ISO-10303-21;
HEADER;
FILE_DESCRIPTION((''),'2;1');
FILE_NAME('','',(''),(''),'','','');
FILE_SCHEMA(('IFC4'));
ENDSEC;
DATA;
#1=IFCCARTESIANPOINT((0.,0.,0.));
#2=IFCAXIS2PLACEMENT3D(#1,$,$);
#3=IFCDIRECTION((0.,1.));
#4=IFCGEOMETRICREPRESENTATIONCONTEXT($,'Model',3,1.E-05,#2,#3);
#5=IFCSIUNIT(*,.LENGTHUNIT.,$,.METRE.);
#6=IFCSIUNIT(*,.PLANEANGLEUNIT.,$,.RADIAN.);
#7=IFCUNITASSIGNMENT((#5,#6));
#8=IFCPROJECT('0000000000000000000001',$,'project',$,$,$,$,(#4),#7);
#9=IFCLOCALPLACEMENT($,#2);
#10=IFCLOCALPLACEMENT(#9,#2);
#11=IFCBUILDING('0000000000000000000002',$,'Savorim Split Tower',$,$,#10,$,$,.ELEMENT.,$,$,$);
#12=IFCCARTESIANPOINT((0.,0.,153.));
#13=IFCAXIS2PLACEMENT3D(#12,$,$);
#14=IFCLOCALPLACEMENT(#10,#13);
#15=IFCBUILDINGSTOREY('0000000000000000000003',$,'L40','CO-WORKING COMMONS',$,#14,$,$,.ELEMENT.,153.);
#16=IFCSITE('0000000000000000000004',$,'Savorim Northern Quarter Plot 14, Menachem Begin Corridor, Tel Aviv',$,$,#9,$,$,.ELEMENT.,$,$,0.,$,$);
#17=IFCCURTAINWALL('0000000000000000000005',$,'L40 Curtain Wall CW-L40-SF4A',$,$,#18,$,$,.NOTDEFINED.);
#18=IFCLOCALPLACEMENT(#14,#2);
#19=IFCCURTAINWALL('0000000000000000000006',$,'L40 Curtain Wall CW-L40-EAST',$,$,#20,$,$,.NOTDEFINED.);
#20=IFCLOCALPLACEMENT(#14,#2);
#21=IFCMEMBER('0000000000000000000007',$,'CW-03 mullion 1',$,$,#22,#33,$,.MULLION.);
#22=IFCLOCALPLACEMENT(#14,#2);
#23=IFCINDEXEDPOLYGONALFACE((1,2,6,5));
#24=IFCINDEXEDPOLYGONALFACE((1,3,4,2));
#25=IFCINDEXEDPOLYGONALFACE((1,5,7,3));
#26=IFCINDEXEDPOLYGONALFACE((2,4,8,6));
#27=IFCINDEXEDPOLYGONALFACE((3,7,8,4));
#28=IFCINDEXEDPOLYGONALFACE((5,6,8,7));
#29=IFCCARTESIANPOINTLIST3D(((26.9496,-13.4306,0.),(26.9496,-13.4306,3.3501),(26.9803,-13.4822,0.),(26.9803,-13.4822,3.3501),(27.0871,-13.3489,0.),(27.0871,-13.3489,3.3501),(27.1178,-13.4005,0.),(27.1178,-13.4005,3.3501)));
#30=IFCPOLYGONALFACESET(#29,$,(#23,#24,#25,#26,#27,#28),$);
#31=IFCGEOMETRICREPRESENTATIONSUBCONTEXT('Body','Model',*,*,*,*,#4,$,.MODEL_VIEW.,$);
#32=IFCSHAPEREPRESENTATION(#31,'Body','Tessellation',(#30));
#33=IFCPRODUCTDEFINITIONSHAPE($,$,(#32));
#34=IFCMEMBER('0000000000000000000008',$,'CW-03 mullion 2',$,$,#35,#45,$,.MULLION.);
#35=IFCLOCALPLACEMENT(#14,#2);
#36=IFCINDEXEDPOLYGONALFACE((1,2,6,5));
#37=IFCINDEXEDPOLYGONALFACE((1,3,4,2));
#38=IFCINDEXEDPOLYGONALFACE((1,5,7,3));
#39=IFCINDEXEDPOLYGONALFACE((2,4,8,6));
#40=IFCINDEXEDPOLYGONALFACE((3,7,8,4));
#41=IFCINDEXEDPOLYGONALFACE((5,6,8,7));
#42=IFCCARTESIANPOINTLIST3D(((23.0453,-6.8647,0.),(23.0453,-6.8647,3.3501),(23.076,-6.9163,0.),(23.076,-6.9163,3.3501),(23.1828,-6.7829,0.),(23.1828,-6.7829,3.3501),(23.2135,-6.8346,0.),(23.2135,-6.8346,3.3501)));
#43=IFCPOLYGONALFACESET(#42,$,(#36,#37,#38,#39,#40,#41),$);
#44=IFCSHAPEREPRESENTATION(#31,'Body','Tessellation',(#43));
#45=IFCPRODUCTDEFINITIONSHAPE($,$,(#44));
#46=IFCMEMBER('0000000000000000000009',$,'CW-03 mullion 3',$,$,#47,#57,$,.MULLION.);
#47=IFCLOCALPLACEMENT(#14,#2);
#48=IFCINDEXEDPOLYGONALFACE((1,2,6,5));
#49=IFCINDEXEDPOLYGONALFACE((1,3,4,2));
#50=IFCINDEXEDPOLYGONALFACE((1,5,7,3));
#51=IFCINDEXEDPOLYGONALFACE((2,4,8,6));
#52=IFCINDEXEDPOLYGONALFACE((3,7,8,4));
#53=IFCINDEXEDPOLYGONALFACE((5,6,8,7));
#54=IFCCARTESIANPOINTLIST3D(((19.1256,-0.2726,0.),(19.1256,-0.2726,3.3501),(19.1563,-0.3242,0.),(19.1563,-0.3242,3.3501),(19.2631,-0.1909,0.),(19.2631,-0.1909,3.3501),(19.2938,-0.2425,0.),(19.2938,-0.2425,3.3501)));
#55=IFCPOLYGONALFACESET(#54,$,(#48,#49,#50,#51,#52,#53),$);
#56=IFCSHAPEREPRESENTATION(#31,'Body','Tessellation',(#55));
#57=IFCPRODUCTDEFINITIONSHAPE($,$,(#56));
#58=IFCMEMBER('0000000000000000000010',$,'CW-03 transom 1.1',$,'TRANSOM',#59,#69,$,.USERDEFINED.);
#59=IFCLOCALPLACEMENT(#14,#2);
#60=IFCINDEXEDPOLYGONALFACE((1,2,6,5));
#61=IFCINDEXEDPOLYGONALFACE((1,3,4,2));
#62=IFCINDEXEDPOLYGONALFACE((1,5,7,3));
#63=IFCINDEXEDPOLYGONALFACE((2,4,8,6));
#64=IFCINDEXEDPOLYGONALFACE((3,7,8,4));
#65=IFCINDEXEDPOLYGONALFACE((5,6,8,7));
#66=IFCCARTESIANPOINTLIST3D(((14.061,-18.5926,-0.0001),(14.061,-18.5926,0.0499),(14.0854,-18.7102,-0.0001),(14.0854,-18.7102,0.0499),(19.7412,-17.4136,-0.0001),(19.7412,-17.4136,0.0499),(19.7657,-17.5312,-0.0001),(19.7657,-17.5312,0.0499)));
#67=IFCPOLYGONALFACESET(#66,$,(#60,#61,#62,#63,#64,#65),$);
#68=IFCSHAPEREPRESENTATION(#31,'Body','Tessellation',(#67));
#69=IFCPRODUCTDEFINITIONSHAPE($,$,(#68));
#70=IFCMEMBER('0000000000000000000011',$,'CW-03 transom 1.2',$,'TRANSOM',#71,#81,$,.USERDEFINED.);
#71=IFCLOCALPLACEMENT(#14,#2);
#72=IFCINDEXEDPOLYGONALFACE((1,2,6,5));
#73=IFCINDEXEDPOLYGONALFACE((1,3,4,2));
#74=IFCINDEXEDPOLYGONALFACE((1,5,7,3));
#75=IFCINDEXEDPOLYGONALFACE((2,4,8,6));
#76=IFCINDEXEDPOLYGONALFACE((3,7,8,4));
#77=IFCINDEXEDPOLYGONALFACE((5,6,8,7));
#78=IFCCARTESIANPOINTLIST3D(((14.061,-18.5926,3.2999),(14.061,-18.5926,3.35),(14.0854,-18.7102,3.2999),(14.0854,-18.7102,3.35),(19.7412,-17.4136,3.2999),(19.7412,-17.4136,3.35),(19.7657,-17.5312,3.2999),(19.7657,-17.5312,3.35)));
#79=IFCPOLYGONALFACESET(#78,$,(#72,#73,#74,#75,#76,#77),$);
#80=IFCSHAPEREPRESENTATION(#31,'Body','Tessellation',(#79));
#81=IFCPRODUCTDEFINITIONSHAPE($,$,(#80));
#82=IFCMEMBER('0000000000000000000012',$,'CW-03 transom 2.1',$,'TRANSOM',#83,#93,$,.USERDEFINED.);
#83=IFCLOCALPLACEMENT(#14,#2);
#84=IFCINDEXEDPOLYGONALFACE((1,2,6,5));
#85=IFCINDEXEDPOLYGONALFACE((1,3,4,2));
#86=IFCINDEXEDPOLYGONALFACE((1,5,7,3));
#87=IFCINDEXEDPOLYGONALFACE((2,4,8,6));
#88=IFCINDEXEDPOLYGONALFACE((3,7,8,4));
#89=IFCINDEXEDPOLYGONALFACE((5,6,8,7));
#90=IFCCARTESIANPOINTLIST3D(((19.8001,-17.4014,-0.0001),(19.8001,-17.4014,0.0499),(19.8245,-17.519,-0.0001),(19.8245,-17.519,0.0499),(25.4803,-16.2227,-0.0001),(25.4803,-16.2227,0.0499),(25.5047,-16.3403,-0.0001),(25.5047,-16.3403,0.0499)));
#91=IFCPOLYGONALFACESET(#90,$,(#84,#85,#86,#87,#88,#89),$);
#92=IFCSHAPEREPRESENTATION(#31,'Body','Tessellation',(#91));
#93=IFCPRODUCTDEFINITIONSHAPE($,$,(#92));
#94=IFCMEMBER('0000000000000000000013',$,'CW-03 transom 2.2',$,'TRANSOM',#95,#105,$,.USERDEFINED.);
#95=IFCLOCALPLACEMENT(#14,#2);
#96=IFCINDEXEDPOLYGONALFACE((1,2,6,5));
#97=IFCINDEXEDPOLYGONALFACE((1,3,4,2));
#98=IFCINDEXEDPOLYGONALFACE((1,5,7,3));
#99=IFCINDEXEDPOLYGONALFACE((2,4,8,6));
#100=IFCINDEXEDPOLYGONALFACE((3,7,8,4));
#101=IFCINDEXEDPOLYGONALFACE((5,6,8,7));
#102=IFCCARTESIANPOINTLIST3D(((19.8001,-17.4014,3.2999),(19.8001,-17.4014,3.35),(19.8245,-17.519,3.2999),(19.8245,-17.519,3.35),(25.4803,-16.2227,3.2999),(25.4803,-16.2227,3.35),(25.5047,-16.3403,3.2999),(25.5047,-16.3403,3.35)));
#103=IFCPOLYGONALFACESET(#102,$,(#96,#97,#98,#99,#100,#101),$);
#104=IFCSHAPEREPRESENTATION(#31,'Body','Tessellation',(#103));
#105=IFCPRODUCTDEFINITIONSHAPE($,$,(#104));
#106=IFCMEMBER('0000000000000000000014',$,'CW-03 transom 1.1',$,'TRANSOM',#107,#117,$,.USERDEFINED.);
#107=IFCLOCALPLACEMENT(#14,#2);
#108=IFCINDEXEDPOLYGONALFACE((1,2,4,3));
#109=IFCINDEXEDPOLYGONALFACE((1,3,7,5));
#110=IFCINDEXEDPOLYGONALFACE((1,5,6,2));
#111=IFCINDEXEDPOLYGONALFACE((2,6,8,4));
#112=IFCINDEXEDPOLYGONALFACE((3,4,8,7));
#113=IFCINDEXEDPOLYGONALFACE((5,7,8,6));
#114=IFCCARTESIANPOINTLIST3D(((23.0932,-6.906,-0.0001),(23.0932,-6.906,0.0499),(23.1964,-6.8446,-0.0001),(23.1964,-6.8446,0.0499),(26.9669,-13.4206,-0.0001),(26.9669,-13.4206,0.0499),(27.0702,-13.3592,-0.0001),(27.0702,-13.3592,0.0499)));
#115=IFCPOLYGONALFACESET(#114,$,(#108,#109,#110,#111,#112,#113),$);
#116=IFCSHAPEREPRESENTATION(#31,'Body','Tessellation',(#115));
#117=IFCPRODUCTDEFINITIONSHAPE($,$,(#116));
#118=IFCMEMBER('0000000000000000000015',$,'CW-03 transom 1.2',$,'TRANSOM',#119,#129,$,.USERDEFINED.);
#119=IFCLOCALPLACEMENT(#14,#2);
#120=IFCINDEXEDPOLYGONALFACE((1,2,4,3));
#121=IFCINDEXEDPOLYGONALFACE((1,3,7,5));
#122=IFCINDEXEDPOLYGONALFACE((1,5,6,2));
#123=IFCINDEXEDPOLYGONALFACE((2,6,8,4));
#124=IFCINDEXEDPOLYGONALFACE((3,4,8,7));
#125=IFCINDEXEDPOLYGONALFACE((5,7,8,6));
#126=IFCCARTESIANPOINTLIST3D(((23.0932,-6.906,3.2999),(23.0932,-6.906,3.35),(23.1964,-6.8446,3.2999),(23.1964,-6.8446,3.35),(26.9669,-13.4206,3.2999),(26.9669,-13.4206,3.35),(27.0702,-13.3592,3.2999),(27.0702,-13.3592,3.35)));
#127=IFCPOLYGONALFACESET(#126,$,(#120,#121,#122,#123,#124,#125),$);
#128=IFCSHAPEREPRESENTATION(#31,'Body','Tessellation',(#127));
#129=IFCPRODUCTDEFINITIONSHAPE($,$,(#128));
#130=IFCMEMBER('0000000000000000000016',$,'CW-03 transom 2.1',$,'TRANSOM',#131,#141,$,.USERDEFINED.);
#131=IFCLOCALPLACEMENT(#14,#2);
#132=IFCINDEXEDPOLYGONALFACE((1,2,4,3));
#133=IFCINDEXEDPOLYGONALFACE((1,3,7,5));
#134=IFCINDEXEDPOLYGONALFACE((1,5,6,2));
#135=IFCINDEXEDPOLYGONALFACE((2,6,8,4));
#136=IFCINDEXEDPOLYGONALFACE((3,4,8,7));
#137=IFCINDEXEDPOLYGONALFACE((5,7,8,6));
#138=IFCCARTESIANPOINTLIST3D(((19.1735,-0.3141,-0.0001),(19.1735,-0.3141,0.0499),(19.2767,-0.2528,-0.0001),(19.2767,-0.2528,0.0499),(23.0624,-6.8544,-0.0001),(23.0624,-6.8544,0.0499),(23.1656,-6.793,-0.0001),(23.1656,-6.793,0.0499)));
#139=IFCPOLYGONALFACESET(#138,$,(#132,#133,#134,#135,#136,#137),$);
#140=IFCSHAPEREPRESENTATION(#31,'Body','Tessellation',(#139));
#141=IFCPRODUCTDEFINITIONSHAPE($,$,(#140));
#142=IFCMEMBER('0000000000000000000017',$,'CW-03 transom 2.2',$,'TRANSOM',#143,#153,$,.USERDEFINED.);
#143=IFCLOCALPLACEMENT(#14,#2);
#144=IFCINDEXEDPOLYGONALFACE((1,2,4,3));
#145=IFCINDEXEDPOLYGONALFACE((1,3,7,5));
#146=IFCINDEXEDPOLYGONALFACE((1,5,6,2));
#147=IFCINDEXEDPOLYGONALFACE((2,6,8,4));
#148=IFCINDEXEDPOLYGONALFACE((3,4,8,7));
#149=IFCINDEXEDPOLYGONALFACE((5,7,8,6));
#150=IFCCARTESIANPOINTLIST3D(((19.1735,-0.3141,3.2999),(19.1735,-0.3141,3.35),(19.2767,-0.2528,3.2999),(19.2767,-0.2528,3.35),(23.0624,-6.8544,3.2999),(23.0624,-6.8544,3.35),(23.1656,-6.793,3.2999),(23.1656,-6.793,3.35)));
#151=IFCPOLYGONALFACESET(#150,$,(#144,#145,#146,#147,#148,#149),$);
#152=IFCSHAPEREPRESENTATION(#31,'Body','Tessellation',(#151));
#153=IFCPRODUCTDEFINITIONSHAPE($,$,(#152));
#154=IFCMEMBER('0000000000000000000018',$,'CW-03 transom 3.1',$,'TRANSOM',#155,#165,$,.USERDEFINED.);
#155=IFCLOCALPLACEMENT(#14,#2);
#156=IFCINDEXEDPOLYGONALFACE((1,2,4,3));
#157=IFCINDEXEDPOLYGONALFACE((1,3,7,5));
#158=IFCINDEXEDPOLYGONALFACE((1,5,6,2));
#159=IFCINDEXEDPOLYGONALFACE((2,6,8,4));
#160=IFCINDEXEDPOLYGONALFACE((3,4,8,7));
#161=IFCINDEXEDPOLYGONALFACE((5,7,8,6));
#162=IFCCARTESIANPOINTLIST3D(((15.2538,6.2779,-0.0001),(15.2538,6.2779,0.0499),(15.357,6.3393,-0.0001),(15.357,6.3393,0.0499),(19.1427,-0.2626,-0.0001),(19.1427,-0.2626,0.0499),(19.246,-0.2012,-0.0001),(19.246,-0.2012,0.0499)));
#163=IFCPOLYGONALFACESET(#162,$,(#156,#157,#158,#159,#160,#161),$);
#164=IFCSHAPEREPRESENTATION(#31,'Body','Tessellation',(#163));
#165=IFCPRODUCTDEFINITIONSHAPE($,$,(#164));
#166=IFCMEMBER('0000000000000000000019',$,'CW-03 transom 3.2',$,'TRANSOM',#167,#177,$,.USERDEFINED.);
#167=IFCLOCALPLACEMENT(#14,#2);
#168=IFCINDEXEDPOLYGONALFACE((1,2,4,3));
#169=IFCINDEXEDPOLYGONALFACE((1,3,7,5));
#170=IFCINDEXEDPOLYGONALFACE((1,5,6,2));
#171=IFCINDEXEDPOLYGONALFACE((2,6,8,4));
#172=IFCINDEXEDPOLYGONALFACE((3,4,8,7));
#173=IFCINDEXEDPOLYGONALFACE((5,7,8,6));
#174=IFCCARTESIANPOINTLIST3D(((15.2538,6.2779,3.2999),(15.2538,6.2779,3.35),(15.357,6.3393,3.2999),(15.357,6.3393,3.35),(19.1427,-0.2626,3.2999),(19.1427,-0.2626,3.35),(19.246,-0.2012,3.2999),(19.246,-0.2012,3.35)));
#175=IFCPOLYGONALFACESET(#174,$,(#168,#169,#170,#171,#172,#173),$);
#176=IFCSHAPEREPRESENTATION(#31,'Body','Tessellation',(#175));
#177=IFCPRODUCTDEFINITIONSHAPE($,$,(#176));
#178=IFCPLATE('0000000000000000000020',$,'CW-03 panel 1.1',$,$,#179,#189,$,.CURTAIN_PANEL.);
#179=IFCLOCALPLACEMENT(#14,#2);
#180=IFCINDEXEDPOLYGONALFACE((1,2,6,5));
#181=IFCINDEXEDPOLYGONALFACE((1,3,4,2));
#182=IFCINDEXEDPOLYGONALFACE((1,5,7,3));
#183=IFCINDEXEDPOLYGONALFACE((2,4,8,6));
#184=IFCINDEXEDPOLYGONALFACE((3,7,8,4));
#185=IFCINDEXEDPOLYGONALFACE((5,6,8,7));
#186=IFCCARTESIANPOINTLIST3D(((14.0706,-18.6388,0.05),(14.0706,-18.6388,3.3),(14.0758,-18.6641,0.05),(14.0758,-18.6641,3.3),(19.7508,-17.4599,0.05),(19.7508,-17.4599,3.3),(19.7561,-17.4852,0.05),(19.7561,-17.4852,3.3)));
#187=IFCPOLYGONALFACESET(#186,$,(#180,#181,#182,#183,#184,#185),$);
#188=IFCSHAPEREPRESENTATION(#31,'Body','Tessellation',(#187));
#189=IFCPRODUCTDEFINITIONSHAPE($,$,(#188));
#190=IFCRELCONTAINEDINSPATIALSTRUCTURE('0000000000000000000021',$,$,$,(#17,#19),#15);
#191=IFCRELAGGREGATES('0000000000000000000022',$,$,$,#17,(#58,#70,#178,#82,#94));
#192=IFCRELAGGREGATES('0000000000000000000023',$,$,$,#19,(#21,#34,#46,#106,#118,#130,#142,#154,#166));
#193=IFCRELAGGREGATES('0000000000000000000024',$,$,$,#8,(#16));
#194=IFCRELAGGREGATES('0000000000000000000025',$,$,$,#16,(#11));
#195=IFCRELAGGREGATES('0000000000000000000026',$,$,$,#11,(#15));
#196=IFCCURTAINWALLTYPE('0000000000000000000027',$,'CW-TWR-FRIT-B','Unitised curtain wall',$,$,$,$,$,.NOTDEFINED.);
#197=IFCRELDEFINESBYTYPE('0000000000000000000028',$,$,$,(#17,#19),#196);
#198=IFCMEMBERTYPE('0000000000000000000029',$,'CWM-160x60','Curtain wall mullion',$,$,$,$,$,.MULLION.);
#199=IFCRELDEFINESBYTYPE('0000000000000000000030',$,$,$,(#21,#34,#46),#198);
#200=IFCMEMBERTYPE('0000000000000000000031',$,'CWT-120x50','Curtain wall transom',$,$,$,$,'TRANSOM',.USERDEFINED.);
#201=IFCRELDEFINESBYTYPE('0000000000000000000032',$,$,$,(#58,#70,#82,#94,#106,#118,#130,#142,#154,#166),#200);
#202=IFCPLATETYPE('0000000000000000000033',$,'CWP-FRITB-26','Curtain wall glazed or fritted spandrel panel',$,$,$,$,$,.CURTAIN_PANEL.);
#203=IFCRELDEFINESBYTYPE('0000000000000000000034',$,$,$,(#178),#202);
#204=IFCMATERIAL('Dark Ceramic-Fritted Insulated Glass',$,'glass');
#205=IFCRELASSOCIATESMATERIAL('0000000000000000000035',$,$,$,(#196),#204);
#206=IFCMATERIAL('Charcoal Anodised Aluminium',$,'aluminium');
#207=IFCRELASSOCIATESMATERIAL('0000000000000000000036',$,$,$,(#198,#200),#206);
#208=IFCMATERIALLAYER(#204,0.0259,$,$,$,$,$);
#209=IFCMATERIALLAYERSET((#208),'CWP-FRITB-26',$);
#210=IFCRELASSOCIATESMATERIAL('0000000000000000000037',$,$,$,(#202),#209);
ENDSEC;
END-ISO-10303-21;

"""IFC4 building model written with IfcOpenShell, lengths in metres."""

from ifc_helpers import new_model, si_unit, direction, frame, origin, origin_2d, place, context, subcontext, project, spatial, rectangle, extrude, material, layer, layer_set, material_profile, profile_set, type_object, element, aggregate, save


model = new_model("IFC4")

# Units and contexts
model_context = context("Model", 3, precision=1e-05, world=origin(), true_north=direction((0.0, 1.0)))
body_context = subcontext(model_context, "Body", "Model", "MODEL_VIEW")
ifc_project = project(units=[si_unit("LENGTHUNIT", "METRE"), si_unit("PLANEANGLEUNIT", "RADIAN")], contexts=[model_context])

# Site, building, storey
site_placement = place(None, origin())
site = spatial("IfcSite", under=ifc_project, at=site_placement, Name="Savorim Northern Quarter Plot 14, Menachem Begin Corridor, Tel Aviv", CompositionType="ELEMENT", RefElevation=0.0)
building_placement = place(site_placement, origin())
building = spatial("IfcBuilding", under=site, at=building_placement, Name="Savorim Split Tower", CompositionType="ELEMENT")
storey_placement = place(building_placement, frame((0.0, 0.0, 153.0)))
storey = spatial("IfcBuildingStorey", under=building, at=storey_placement, Name="L40", Description="CO-WORKING COMMONS", CompositionType="ELEMENT", Elevation=153.0)

# Curtain walls, members
ifc_material_1 = material(Name="Dark Ceramic-Fritted Insulated Glass", Category="glass")
curtain_wall_type = type_object("IfcCurtainWallType", Name="CW-TWR-FRIT-B", Description="Unitised curtain wall", PredefinedType="NOTDEFINED", material=ifc_material_1)
curtain_wall_1_placement = place(storey_placement, origin())
curtain_wall_1 = element("IfcCurtainWall", 1, at=curtain_wall_1_placement, inside=storey, type_object=curtain_wall_type, Name="L40 Curtain Wall CW-L40-SF4A", PredefinedType="NOTDEFINED")
ifc_material_2 = material(Name="Charcoal Anodised Aluminium", Category="aluminium")
ifc_material_profile_1 = material_profile(ifc_material_2, rectangle(XDim=0.1599, YDim=0.0601, at=origin_2d()), Name="ALU-M 160x60")
ifc_profile_set_1 = profile_set([ifc_material_profile_1], Name="Charcoal Anodised Aluminium")
member_type_1 = type_object("IfcMemberType", Name="CWM-160x60", Description="Curtain wall mullion", PredefinedType="MULLION", material=ifc_profile_set_1)
curtain_wall_2_placement = place(storey_placement, origin())
curtain_wall_2 = element("IfcCurtainWall", 2, at=curtain_wall_2_placement, inside=storey, type_object=curtain_wall_type, Name="L40 Curtain Wall CW-L40-EAST", PredefinedType="NOTDEFINED")
member_1_placement = place(storey_placement, frame((27.0337, -13.4155, 0.0), z_axis=(0.0, 0.0, 1.0), x_axis=(-0.859526, -0.511091, 0.0)))
member_1 = element("IfcMember", 3, at=member_1_placement, type_object=member_type_1, Name="CW-03 mullion 1", PredefinedType="MULLION", context=body_context, shape_type="SweptSolid", body=[
    extrude(rectangle(XDim=0.1599, YDim=0.0601, at=origin_2d()), origin(), (0.0, 0.0, 1.0), 3.3501),
])
member_2_placement = place(storey_placement, frame((23.1294, -6.8496, 0.0), z_axis=(0.0, 0.0, 1.0), x_axis=(-0.859526, -0.511091, 0.0)))
member_2 = element("IfcMember", 4, at=member_2_placement, type_object=member_type_1, Name="CW-03 mullion 2", PredefinedType="MULLION", context=body_context, shape_type="SweptSolid", body=[
    extrude(rectangle(XDim=0.1599, YDim=0.0601, at=origin_2d()), origin(), (0.0, 0.0, 1.0), 3.3501),
])
member_3_placement = place(storey_placement, frame((19.2097, -0.2576, 0.0), z_axis=(0.0, 0.0, 1.0), x_axis=(-0.859526, -0.511091, 0.0)))
member_3 = element("IfcMember", 5, at=member_3_placement, type_object=member_type_1, Name="CW-03 mullion 3", PredefinedType="MULLION", context=body_context, shape_type="SweptSolid", body=[
    extrude(rectangle(XDim=0.1599, YDim=0.0601, at=origin_2d()), origin(), (0.0, 0.0, 1.0), 3.3501),
])

# Members
ifc_material_profile_2 = material_profile(ifc_material_2, rectangle(XDim=0.1201, YDim=0.05, at=origin_2d()), Name="ALU-T 120x50")
ifc_profile_set_2 = profile_set([ifc_material_profile_2], Name="Charcoal Anodised Aluminium")
member_type_2 = type_object("IfcMemberType", Name="CWT-120x50", Description="Curtain wall transom", ElementType="TRANSOM", PredefinedType="USERDEFINED", material=ifc_profile_set_2)
member_4_placement = place(storey_placement, frame((14.0732, -18.6514, 0.0249), z_axis=(0.979132, 0.203225, 0.0), x_axis=(-0.203225, 0.979132, 0.0)))
member_4 = element("IfcMember", 6, at=member_4_placement, type_object=member_type_2, Name="CW-03 transom 1.1", ObjectType="TRANSOM", PredefinedType="USERDEFINED", context=body_context, shape_type="SweptSolid", body=[
    extrude(rectangle(XDim=0.1201, YDim=0.05, at=origin_2d()), origin(), (0.0, 0.0, 1.0), 5.8013),
])
member_5_placement = place(storey_placement, frame((14.0732, -18.6514, 3.325), z_axis=(0.979132, 0.203225, 0.0), x_axis=(-0.203225, 0.979132, 0.0)))
member_5 = element("IfcMember", 7, at=member_5_placement, type_object=member_type_2, Name="CW-03 transom 1.2", ObjectType="TRANSOM", PredefinedType="USERDEFINED", context=body_context, shape_type="SweptSolid", body=[
    extrude(rectangle(XDim=0.1201, YDim=0.05, at=origin_2d()), origin(), (0.0, 0.0, 1.0), 5.8013),
])
member_6_placement = place(storey_placement, frame((19.8123, -17.4602, 0.0249), z_axis=(0.97914, 0.203184, 0.0), x_axis=(-0.203184, 0.97914, 0.0)))
member_6 = element("IfcMember", 8, at=member_6_placement, type_object=member_type_2, Name="CW-03 transom 2.1", ObjectType="TRANSOM", PredefinedType="USERDEFINED", context=body_context, shape_type="SweptSolid", body=[
    extrude(rectangle(XDim=0.1201, YDim=0.05, at=origin_2d()), origin(), (0.0, 0.0, 1.0), 5.8013),
])
member_7_placement = place(storey_placement, frame((19.8123, -17.4602, 3.325), z_axis=(0.97914, 0.203184, 0.0), x_axis=(-0.203184, 0.97914, 0.0)))
member_7 = element("IfcMember", 9, at=member_7_placement, type_object=member_type_2, Name="CW-03 transom 2.2", ObjectType="TRANSOM", PredefinedType="USERDEFINED", context=body_context, shape_type="SweptSolid", body=[
    extrude(rectangle(XDim=0.1201, YDim=0.05, at=origin_2d()), origin(), (0.0, 0.0, 1.0), 5.8013),
])
member_8_placement = place(storey_placement, frame((27.0186, -13.3899, 0.0249), z_axis=(-0.511095, 0.859524, 0.0), x_axis=(-0.859524, -0.511095, 0.0)))
member_8 = element("IfcMember", 10, at=member_8_placement, type_object=member_type_2, Name="CW-03 transom 1.1", ObjectType="TRANSOM", PredefinedType="USERDEFINED", context=body_context, shape_type="SweptSolid", body=[
    extrude(rectangle(XDim=0.1201, YDim=0.05, at=origin_2d()), origin(), (0.0, 0.0, 1.0), 7.5793),
])
member_9_placement = place(storey_placement, frame((27.0186, -13.3899, 3.325), z_axis=(-0.511095, 0.859524, 0.0), x_axis=(-0.859524, -0.511095, 0.0)))
member_9 = element("IfcMember", 11, at=member_9_placement, type_object=member_type_2, Name="CW-03 transom 1.2", ObjectType="TRANSOM", PredefinedType="USERDEFINED", context=body_context, shape_type="SweptSolid", body=[
    extrude(rectangle(XDim=0.1201, YDim=0.05, at=origin_2d()), origin(), (0.0, 0.0, 1.0), 7.5793),
])
member_10_placement = place(storey_placement, frame((23.114, -6.8237, 0.0249), z_axis=(-0.511085, 0.85953, 0.0), x_axis=(-0.85953, -0.511085, 0.0)))
member_10 = element("IfcMember", 12, at=member_10_placement, type_object=member_type_2, Name="CW-03 transom 2.1", ObjectType="TRANSOM", PredefinedType="USERDEFINED", context=body_context, shape_type="SweptSolid", body=[
    extrude(rectangle(XDim=0.1201, YDim=0.05, at=origin_2d()), origin(), (0.0, 0.0, 1.0), 7.6091),
])
member_11_placement = place(storey_placement, frame((23.114, -6.8237, 3.325), z_axis=(-0.511085, 0.85953, 0.0), x_axis=(-0.85953, -0.511085, 0.0)))
member_11 = element("IfcMember", 13, at=member_11_placement, type_object=member_type_2, Name="CW-03 transom 2.2", ObjectType="TRANSOM", PredefinedType="USERDEFINED", context=body_context, shape_type="SweptSolid", body=[
    extrude(rectangle(XDim=0.1201, YDim=0.05, at=origin_2d()), origin(), (0.0, 0.0, 1.0), 7.6091),
])
member_12_placement = place(storey_placement, frame((19.1943, -0.2319, 0.0249), z_axis=(-0.511071, 0.859539, 0.0), x_axis=(-0.859539, -0.511071, 0.0)))
member_12 = element("IfcMember", 14, at=member_12_placement, type_object=member_type_2, Name="CW-03 transom 3.1", ObjectType="TRANSOM", PredefinedType="USERDEFINED", context=body_context, shape_type="SweptSolid", body=[
    extrude(rectangle(XDim=0.1201, YDim=0.05, at=origin_2d()), origin(), (0.0, 0.0, 1.0), 7.6094),
])
member_13_placement = place(storey_placement, frame((19.1943, -0.2319, 3.325), z_axis=(-0.511071, 0.859539, 0.0), x_axis=(-0.859539, -0.511071, 0.0)))
member_13 = element("IfcMember", 15, at=member_13_placement, type_object=member_type_2, Name="CW-03 transom 3.2", ObjectType="TRANSOM", PredefinedType="USERDEFINED", context=body_context, shape_type="SweptSolid", body=[
    extrude(rectangle(XDim=0.1201, YDim=0.05, at=origin_2d()), origin(), (0.0, 0.0, 1.0), 7.6094),
])

# Plate
ifc_layer_1 = layer(ifc_material_1, 0.0259)
ifc_layer_set_1 = layer_set([ifc_layer_1], Name="CWP-FRITB-26")
plate_type = type_object("IfcPlateType", Name="CWP-FRITB-26", Description="Curtain wall glazed or fritted spandrel panel", PredefinedType="CURTAIN_PANEL", material=ifc_layer_set_1)
plate_1_placement = place(storey_placement, frame((16.9133, -18.062, 0.05), z_axis=(0.0, 0.0, 1.0), x_axis=(0.979135, 0.203212, 0.0)))
plate_1 = element("IfcPlate", 16, at=plate_1_placement, type_object=plate_type, Name="CW-03 panel 1.1", PredefinedType="CURTAIN_PANEL", context=body_context, shape_type="SweptSolid", body=[
    extrude(rectangle(XDim=5.8013, YDim=0.0259, at=origin_2d()), origin(), (0.0, 0.0, 1.0), 3.25),
])
aggregate(curtain_wall_1, [member_4, member_5, plate_1, member_6, member_7])
aggregate(curtain_wall_2, [member_1, member_2, member_3, member_8, member_9, member_10, member_11, member_12, member_13])

save(model, "model.ifc")
